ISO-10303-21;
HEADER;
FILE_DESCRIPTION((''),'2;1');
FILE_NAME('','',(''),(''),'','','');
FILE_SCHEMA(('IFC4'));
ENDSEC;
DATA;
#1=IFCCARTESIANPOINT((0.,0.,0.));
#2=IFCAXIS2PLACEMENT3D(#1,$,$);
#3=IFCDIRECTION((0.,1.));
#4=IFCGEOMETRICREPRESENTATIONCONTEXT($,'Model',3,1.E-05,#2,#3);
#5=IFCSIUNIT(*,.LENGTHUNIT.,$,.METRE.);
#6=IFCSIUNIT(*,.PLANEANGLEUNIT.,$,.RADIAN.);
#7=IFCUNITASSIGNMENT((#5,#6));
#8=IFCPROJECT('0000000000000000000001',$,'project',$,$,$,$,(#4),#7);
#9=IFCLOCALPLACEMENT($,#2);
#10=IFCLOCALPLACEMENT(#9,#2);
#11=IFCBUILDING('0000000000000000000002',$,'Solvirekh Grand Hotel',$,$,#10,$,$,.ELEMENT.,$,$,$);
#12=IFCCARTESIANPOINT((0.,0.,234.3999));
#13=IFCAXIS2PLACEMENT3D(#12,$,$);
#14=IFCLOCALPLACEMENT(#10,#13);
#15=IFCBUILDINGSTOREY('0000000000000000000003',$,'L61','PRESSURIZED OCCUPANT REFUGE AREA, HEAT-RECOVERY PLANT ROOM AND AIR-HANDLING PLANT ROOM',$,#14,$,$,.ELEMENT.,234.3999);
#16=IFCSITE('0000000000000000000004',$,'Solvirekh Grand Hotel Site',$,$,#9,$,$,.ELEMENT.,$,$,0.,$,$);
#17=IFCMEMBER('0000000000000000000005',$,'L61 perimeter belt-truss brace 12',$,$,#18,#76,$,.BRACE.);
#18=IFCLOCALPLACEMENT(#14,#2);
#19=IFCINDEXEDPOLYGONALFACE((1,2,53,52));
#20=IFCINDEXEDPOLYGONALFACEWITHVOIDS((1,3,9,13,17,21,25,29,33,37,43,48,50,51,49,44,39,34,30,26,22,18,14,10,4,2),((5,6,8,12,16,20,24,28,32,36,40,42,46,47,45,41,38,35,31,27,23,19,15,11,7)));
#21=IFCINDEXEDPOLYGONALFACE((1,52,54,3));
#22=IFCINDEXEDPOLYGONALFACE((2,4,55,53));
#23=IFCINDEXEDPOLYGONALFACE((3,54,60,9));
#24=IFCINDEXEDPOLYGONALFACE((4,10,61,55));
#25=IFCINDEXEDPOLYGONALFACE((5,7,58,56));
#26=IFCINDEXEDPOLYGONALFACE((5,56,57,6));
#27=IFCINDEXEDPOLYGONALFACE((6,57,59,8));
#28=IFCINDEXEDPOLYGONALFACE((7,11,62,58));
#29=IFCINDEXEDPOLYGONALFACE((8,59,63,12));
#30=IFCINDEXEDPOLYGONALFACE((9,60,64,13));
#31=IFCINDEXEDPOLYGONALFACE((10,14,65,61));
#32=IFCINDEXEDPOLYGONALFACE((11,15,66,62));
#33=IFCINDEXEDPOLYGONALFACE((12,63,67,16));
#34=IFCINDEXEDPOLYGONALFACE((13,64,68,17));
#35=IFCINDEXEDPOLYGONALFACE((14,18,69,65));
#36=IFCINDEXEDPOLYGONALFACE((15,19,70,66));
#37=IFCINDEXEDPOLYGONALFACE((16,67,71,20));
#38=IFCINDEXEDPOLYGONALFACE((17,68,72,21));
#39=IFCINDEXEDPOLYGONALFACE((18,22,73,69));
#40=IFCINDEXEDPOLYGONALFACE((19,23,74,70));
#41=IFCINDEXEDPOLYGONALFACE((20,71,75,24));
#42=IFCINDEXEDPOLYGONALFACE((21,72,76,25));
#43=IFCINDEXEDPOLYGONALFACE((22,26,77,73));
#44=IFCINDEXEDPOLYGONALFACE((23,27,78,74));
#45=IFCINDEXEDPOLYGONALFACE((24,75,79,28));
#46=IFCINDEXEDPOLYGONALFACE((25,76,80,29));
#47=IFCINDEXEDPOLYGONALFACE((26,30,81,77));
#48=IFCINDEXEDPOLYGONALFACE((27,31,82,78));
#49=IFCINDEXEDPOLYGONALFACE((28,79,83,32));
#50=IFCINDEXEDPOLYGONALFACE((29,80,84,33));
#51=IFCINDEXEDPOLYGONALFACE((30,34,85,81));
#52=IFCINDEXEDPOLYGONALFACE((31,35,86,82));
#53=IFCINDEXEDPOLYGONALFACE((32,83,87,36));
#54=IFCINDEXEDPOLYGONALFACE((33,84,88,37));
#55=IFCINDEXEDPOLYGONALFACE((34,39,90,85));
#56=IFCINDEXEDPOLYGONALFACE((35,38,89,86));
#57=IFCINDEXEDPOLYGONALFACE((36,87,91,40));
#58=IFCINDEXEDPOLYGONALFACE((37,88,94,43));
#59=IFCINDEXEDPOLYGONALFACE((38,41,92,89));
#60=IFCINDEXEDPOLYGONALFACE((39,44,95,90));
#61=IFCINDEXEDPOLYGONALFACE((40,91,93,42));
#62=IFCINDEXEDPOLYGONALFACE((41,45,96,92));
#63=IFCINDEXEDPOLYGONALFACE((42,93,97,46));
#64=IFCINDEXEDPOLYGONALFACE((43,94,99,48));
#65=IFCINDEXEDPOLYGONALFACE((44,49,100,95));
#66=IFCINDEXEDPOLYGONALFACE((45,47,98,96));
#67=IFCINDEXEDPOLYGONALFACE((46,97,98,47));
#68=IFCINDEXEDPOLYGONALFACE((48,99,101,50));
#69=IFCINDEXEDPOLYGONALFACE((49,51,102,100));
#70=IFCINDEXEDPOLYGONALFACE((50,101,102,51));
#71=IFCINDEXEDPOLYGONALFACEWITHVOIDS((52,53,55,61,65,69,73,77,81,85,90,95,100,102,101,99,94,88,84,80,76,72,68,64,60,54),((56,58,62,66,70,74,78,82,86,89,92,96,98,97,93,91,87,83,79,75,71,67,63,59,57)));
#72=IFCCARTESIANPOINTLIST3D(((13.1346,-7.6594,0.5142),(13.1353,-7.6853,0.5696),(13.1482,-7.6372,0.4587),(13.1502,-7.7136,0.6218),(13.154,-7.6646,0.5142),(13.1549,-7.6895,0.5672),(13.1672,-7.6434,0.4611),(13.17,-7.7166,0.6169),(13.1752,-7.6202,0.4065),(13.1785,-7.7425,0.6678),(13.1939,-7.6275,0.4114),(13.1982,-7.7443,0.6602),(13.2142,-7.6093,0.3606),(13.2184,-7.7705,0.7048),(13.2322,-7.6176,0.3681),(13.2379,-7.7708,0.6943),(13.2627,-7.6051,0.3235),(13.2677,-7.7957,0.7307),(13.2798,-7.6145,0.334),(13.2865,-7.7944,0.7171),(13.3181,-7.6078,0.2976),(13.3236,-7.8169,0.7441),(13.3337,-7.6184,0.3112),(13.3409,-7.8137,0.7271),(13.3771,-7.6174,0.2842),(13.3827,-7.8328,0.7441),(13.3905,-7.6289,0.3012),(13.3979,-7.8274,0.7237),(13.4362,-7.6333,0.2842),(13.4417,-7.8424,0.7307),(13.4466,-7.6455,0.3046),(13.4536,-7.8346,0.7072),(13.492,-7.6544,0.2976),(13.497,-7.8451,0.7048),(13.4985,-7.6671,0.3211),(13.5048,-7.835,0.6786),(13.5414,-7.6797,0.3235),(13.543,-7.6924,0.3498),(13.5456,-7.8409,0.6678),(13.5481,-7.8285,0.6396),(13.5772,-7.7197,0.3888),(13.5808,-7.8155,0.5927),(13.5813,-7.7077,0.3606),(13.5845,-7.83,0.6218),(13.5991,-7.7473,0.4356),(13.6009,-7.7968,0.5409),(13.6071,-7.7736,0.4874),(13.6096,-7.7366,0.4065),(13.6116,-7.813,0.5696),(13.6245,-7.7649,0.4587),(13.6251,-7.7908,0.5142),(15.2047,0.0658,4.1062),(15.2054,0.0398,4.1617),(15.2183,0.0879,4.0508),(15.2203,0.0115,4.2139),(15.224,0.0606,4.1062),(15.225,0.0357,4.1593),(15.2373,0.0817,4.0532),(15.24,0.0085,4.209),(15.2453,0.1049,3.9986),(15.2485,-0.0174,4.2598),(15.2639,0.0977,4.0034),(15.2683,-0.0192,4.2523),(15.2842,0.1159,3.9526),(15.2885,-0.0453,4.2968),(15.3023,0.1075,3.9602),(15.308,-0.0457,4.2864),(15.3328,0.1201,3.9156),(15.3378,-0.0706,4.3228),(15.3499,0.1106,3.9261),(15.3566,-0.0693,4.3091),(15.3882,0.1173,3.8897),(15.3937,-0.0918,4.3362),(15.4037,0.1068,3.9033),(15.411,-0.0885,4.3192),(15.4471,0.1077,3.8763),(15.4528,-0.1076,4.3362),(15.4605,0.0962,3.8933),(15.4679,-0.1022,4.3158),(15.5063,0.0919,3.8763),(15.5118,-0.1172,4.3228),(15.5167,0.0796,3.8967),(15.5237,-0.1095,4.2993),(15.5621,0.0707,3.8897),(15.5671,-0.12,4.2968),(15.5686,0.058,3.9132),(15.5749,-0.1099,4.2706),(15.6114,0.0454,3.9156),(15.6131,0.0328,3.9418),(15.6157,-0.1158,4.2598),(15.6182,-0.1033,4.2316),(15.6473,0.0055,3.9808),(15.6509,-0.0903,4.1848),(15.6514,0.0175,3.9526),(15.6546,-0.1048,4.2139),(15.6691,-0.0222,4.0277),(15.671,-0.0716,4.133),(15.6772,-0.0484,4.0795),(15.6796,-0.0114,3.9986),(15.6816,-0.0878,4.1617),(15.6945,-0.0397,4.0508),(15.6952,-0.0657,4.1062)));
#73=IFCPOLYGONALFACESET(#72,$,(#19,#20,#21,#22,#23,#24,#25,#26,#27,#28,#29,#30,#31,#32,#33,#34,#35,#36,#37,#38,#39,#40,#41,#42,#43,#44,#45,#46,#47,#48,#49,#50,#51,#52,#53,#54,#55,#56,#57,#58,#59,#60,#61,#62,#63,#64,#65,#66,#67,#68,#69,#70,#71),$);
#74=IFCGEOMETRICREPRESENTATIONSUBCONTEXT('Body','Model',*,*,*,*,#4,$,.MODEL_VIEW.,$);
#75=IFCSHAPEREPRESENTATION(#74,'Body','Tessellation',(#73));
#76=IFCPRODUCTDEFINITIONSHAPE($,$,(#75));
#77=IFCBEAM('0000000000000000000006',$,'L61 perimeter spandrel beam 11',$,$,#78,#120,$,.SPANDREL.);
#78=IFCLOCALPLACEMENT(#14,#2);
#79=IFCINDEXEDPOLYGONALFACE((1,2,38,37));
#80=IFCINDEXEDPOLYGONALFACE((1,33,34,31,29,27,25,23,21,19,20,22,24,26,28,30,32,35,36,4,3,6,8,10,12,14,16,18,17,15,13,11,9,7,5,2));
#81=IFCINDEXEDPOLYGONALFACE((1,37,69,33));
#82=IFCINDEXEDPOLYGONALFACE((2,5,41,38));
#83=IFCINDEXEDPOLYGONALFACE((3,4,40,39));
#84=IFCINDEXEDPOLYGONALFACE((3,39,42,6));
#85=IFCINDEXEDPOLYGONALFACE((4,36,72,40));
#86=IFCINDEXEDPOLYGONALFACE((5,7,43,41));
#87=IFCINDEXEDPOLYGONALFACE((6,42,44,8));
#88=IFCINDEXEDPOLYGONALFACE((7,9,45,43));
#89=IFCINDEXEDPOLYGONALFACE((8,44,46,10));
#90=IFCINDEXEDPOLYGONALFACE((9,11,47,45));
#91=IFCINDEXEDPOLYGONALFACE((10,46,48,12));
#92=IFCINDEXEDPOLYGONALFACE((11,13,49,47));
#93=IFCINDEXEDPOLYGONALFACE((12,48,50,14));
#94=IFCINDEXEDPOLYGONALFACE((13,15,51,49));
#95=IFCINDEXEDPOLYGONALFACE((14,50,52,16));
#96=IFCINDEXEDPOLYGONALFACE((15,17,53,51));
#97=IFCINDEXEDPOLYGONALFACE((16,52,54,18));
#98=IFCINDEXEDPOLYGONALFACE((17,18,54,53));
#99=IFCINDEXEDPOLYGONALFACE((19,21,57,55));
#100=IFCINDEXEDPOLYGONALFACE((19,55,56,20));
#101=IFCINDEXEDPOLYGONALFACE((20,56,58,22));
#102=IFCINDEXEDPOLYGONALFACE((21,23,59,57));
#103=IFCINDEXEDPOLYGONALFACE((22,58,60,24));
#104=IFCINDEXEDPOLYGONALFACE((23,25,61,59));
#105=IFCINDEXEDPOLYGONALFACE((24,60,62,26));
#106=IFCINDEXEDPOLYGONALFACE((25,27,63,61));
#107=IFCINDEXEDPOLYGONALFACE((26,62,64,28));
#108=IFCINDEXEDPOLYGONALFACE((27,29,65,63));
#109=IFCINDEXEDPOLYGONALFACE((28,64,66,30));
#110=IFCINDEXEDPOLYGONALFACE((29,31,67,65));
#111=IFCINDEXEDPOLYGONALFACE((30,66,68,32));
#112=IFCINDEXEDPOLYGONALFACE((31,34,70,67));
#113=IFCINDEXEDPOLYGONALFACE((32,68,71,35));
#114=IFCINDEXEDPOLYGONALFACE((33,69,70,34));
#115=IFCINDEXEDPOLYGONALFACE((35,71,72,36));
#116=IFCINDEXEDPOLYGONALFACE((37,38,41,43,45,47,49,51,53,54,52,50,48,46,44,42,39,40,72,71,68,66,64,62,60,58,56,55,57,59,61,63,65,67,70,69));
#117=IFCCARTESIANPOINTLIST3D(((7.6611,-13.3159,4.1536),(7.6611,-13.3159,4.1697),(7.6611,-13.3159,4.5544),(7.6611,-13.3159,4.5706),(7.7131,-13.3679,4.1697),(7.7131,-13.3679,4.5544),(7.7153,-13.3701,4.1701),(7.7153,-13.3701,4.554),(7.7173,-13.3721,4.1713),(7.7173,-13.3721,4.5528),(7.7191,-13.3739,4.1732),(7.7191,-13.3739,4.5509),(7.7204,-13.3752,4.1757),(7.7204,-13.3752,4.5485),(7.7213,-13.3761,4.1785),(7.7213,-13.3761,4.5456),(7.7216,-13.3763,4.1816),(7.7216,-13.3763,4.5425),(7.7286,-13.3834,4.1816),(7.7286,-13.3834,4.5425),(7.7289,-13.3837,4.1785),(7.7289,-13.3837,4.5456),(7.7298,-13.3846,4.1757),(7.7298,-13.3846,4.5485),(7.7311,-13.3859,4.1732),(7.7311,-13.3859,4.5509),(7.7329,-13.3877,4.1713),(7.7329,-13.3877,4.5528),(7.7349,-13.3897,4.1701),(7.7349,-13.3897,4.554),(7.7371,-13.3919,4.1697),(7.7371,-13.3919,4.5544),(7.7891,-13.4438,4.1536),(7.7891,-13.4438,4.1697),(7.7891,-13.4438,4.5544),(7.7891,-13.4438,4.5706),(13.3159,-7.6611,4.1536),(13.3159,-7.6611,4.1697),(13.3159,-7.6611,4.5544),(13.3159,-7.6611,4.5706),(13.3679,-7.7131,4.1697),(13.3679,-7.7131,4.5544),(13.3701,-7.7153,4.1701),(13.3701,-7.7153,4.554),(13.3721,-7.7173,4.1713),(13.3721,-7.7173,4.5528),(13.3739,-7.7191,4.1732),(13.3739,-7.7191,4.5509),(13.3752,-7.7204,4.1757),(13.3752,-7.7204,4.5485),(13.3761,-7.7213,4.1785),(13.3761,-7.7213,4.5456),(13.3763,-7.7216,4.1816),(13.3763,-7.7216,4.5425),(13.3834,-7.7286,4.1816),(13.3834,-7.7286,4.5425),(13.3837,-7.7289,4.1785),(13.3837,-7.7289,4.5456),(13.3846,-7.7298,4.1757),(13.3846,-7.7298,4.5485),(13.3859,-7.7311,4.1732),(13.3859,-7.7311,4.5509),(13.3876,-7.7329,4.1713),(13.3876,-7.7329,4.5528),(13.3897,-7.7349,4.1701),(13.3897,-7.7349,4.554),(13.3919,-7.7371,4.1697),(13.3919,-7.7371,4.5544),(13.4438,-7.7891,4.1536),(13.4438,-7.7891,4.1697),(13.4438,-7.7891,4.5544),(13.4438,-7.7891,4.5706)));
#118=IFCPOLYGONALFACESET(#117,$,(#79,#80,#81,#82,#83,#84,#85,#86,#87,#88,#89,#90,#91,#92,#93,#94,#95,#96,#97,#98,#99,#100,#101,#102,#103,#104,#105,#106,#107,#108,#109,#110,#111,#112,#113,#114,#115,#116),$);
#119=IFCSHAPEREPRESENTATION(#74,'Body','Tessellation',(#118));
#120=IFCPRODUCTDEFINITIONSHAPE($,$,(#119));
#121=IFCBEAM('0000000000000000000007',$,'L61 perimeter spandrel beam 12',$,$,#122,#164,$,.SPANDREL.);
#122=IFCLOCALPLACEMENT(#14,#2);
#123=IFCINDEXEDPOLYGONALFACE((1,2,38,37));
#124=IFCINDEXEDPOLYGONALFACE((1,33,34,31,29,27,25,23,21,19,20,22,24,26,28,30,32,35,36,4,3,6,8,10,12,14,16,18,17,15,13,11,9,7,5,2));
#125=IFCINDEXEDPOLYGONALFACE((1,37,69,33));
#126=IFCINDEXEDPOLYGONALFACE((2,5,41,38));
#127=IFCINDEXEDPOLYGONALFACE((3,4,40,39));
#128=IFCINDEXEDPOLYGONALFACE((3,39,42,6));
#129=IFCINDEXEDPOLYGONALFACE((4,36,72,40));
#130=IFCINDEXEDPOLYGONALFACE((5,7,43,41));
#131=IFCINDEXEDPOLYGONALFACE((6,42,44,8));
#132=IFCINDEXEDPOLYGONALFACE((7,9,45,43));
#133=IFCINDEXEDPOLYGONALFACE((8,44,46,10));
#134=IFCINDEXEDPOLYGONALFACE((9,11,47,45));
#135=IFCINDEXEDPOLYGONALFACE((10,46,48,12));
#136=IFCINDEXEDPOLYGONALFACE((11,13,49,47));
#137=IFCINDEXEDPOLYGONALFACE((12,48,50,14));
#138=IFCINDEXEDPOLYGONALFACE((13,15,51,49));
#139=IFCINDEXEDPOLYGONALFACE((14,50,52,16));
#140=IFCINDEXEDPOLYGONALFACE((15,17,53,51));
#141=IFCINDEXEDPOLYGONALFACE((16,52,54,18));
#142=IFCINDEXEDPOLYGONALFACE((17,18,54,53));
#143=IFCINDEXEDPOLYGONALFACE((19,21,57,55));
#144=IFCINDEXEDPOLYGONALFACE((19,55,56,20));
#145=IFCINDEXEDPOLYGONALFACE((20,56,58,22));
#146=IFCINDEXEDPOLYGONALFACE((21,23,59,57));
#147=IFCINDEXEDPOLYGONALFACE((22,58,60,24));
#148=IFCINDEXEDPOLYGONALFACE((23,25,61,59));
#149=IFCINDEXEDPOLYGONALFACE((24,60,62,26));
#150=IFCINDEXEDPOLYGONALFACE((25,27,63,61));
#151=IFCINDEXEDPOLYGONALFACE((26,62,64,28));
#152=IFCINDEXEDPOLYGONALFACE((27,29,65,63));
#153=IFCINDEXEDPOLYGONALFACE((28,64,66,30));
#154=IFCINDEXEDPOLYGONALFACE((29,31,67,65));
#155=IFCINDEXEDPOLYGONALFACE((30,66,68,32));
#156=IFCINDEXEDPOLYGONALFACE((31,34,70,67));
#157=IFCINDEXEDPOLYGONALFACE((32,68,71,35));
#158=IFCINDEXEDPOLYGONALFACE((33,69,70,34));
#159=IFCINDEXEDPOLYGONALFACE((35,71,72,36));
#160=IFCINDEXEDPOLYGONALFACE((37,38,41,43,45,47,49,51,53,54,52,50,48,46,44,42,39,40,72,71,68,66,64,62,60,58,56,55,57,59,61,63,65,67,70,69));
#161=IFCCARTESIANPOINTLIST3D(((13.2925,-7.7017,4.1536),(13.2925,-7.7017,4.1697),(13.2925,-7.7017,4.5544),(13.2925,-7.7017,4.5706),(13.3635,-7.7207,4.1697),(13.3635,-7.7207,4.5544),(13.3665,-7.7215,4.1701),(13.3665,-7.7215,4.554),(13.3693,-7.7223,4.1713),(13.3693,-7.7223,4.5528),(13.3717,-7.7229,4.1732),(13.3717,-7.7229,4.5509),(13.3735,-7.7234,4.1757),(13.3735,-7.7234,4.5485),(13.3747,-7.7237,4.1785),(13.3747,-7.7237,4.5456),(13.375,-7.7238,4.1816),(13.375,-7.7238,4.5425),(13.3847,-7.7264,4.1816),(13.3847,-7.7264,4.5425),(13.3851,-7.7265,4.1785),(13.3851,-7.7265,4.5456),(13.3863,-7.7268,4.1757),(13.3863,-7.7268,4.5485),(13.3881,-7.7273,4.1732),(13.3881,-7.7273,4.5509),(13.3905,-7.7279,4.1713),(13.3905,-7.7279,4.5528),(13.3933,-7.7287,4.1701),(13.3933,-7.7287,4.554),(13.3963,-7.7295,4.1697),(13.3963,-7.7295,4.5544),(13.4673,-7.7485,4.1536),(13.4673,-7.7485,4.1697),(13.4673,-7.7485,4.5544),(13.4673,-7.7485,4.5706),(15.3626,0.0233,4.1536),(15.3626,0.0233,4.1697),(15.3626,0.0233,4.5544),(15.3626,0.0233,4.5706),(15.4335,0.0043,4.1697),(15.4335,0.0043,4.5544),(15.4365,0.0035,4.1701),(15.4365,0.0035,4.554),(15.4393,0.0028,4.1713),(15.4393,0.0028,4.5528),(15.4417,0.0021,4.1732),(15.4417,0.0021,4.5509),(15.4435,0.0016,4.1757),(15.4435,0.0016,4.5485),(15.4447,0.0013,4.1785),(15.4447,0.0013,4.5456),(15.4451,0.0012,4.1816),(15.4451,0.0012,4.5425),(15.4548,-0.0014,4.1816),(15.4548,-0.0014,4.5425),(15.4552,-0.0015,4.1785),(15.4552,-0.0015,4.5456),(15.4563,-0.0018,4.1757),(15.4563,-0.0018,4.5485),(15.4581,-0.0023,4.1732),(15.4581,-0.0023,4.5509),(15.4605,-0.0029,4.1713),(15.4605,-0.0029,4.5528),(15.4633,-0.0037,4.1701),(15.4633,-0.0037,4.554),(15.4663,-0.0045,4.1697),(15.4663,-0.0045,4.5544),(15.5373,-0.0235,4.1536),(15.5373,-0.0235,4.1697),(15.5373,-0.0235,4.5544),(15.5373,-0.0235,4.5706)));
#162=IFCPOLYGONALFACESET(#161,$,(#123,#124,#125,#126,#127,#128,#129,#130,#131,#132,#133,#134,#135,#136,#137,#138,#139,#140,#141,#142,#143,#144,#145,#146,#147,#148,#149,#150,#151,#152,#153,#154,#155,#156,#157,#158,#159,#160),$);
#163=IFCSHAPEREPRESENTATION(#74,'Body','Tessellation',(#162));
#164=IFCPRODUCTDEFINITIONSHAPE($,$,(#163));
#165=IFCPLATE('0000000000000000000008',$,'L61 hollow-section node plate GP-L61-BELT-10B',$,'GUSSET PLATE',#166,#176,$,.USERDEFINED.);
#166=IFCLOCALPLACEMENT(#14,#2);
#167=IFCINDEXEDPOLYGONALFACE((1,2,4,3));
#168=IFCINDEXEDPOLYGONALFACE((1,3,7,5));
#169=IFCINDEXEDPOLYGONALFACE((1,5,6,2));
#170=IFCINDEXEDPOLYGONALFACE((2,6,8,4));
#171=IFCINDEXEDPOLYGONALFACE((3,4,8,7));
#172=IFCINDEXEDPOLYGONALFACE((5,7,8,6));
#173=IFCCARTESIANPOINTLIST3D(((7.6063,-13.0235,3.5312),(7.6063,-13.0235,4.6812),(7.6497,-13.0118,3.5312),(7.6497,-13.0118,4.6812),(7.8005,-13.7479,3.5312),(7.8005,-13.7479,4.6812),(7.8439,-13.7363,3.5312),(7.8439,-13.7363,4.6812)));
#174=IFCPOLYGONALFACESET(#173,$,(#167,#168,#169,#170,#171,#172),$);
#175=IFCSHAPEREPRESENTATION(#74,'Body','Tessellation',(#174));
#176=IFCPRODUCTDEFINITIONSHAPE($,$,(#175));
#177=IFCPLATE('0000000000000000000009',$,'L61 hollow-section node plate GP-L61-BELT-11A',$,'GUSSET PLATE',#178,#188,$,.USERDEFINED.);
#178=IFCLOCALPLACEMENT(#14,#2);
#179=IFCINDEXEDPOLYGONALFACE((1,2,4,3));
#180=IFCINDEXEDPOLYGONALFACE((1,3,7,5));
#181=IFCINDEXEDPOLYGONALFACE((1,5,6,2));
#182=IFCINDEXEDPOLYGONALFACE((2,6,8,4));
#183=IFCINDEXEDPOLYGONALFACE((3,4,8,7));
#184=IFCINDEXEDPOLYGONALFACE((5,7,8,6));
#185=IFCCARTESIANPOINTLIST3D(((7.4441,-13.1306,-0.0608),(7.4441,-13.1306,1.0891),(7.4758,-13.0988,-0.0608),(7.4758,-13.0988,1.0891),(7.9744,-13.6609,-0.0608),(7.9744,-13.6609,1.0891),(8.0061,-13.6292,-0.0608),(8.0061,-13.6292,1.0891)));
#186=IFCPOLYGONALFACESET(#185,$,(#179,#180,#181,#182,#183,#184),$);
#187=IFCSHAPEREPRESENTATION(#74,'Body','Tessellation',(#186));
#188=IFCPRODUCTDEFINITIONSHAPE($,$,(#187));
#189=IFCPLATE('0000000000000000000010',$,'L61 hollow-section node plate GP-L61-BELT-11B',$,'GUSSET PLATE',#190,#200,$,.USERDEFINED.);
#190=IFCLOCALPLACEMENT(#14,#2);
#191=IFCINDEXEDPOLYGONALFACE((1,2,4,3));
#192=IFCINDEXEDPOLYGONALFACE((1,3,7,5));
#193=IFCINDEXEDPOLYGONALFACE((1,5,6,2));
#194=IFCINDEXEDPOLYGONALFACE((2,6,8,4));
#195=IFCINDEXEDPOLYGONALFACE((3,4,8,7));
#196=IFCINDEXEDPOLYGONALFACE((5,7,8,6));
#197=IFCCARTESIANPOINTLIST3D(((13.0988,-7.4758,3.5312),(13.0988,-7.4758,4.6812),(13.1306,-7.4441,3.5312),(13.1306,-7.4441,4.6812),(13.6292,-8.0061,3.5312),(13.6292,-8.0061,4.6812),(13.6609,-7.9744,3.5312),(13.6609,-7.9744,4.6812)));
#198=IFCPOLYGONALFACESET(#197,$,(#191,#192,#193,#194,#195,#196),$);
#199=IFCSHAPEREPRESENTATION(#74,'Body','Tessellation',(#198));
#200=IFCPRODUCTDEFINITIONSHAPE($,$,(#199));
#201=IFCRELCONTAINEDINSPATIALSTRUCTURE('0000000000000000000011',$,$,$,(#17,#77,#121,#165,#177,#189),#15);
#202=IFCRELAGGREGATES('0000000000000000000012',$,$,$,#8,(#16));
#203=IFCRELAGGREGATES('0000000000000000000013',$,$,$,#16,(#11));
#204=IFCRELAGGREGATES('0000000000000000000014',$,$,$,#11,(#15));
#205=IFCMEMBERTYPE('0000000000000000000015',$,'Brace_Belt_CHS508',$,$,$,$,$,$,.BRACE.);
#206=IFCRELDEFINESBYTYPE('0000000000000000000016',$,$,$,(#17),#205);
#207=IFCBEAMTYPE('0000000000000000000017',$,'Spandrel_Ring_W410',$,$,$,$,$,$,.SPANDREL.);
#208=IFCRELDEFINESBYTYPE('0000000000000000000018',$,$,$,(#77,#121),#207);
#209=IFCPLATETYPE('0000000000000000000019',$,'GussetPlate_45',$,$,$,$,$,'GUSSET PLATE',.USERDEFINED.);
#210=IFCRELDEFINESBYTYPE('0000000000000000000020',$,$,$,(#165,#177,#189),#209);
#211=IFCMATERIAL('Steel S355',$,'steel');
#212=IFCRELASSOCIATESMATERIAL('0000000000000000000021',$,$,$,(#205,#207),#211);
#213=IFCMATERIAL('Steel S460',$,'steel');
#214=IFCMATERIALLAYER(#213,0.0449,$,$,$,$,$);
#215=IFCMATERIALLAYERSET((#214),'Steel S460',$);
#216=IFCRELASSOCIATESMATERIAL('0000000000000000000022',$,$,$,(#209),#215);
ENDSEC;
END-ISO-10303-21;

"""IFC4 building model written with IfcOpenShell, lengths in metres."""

from ifc_helpers import new_model, si_unit, direction, frame, origin, origin_2d, place, context, subcontext, project, spatial, rectangle, hollow_circle, i_section, extrude, material, layer, layer_set, material_profile, profile_set, type_object, element, save


model = new_model("IFC4")

# Units and contexts
model_context = context("Model", 3, precision=1e-05, world=origin(), true_north=direction((0.0, 1.0)))
body_context = subcontext(model_context, "Body", "Model", "MODEL_VIEW")
ifc_project = project(units=[si_unit("LENGTHUNIT", "METRE"), si_unit("PLANEANGLEUNIT", "RADIAN")], contexts=[model_context])

# Site, building, storey
site_placement = place(None, origin())
site = spatial("IfcSite", under=ifc_project, at=site_placement, Name="Solvirekh Grand Hotel Site", CompositionType="ELEMENT", RefElevation=0.0)
building_placement = place(site_placement, origin())
building = spatial("IfcBuilding", under=site, at=building_placement, Name="Solvirekh Grand Hotel", CompositionType="ELEMENT")
storey_placement = place(building_placement, frame((0.0, 0.0, 234.3999)))
storey = spatial("IfcBuildingStorey", under=building, at=storey_placement, Name="L61", Description="PRESSURIZED OCCUPANT REFUGE AREA, HEAT-RECOVERY PLANT ROOM AND AIR-HANDLING PLANT ROOM", CompositionType="ELEMENT", Elevation=234.3999)

# Member
ifc_material_1 = material(Name="Steel S355", Category="steel")
ifc_material_profile_1 = material_profile(ifc_material_1, hollow_circle(Radius=0.2539, WallThickness=0.02, at=origin_2d()), Name="CHS 508X20")
ifc_profile_set_1 = profile_set([ifc_material_profile_1], Name="Steel S355")
member_type = type_object("IfcMemberType", Name="Brace_Belt_CHS508", PredefinedType="BRACE", material=ifc_profile_set_1)
member_1_placement = place(storey_placement, frame((13.3799, -7.7251, 0.5142), z_axis=(0.236113, 0.881129, 0.40971), x_axis=(-0.965922, 0.258835, 0.0)))
element("IfcMember", 1, at=member_1_placement, inside=storey, type_object=member_type, Name="L61 perimeter belt-truss brace 12", PredefinedType="BRACE", context=body_context, shape_type="SweptSolid", body=[
    extrude(hollow_circle(Radius=0.2539, WallThickness=0.02, at=origin_2d()), origin(), (0.0, 0.0, 1.0), 8.7673),
])

# Beams
ifc_material_profile_2 = material_profile(ifc_material_1, i_section(OverallWidth=0.1809, OverallDepth=0.417, WebThickness=0.01, FlangeThickness=0.0161, FilletRadius=0.012, at=origin_2d()), Name="W410X85")
ifc_profile_set_2 = profile_set([ifc_material_profile_2], Name="Steel S355")
beam_type = type_object("IfcBeamType", Name="Spandrel_Ring_W410", PredefinedType="SPANDREL", material=ifc_profile_set_2)
beam_1_placement = place(storey_placement, frame((7.7251, -13.3799, 4.3621), z_axis=(0.707107, 0.707107, 0.0), x_axis=(-0.707107, 0.707107, 0.0)))
element("IfcBeam", 2, at=beam_1_placement, inside=storey, type_object=beam_type, Name="L61 perimeter spandrel beam 11", PredefinedType="SPANDREL", context=body_context, shape_type="SweptSolid", body=[
    extrude(i_section(OverallWidth=0.1809, OverallDepth=0.417, WebThickness=0.01, FlangeThickness=0.0161, FilletRadius=0.012, at=origin_2d()), origin(), (0.0, 0.0, 1.0), 7.9971),
])
beam_2_placement = place(storey_placement, frame((13.3799, -7.7251, 4.3621), z_axis=(0.258835, 0.965922, 0.0), x_axis=(-0.965922, 0.258835, 0.0)))
element("IfcBeam", 3, at=beam_2_placement, inside=storey, type_object=beam_type, Name="L61 perimeter spandrel beam 12", PredefinedType="SPANDREL", context=body_context, shape_type="SweptSolid", body=[
    extrude(i_section(OverallWidth=0.1809, OverallDepth=0.417, WebThickness=0.01, FlangeThickness=0.0161, FilletRadius=0.012, at=origin_2d()), origin(), (0.0, 0.0, 1.0), 7.9976),
])

# Plates
ifc_material_2 = material(Name="Steel S460", Category="steel")
ifc_layer_1 = layer(ifc_material_2, 0.0449)
ifc_layer_set_1 = layer_set([ifc_layer_1], Name="Steel S460")
plate_type = type_object("IfcPlateType", Name="GussetPlate_45", ElementType="GUSSET PLATE", PredefinedType="USERDEFINED", material=ifc_layer_set_1)
for number, where, z_axis, x_axis, name in (
    (4, (7.7251, -13.3799, 3.5312), (0.0, 0.0, 1.0), (0.965926, 0.258819, 0.0), "L61 hollow-section node plate GP-L61-BELT-10B"),
    (5, (7.7251, -13.3799, -0.0608), (0.0, 0.0, 1.0), (0.707107, 0.707107, 0.0), "L61 hollow-section node plate GP-L61-BELT-11A"),
    (6, (13.3799, -7.7251, 3.5312), (0.0, 0.0, 1.0), (0.707107, 0.707107, 0.0), "L61 hollow-section node plate GP-L61-BELT-11B"),
):
    element("IfcPlate", number, at=place(storey_placement, frame(where, z_axis=z_axis, x_axis=x_axis)), inside=storey, type_object=plate_type, Name=name, ObjectType="GUSSET PLATE", PredefinedType="USERDEFINED", context=body_context, shape_type="SweptSolid", body=[
        extrude(rectangle(XDim=0.0449, YDim=0.75, at=origin_2d()), origin(), (0.0, 0.0, 1.0), 1.1499),
    ])

save(model, "model.ifc")
